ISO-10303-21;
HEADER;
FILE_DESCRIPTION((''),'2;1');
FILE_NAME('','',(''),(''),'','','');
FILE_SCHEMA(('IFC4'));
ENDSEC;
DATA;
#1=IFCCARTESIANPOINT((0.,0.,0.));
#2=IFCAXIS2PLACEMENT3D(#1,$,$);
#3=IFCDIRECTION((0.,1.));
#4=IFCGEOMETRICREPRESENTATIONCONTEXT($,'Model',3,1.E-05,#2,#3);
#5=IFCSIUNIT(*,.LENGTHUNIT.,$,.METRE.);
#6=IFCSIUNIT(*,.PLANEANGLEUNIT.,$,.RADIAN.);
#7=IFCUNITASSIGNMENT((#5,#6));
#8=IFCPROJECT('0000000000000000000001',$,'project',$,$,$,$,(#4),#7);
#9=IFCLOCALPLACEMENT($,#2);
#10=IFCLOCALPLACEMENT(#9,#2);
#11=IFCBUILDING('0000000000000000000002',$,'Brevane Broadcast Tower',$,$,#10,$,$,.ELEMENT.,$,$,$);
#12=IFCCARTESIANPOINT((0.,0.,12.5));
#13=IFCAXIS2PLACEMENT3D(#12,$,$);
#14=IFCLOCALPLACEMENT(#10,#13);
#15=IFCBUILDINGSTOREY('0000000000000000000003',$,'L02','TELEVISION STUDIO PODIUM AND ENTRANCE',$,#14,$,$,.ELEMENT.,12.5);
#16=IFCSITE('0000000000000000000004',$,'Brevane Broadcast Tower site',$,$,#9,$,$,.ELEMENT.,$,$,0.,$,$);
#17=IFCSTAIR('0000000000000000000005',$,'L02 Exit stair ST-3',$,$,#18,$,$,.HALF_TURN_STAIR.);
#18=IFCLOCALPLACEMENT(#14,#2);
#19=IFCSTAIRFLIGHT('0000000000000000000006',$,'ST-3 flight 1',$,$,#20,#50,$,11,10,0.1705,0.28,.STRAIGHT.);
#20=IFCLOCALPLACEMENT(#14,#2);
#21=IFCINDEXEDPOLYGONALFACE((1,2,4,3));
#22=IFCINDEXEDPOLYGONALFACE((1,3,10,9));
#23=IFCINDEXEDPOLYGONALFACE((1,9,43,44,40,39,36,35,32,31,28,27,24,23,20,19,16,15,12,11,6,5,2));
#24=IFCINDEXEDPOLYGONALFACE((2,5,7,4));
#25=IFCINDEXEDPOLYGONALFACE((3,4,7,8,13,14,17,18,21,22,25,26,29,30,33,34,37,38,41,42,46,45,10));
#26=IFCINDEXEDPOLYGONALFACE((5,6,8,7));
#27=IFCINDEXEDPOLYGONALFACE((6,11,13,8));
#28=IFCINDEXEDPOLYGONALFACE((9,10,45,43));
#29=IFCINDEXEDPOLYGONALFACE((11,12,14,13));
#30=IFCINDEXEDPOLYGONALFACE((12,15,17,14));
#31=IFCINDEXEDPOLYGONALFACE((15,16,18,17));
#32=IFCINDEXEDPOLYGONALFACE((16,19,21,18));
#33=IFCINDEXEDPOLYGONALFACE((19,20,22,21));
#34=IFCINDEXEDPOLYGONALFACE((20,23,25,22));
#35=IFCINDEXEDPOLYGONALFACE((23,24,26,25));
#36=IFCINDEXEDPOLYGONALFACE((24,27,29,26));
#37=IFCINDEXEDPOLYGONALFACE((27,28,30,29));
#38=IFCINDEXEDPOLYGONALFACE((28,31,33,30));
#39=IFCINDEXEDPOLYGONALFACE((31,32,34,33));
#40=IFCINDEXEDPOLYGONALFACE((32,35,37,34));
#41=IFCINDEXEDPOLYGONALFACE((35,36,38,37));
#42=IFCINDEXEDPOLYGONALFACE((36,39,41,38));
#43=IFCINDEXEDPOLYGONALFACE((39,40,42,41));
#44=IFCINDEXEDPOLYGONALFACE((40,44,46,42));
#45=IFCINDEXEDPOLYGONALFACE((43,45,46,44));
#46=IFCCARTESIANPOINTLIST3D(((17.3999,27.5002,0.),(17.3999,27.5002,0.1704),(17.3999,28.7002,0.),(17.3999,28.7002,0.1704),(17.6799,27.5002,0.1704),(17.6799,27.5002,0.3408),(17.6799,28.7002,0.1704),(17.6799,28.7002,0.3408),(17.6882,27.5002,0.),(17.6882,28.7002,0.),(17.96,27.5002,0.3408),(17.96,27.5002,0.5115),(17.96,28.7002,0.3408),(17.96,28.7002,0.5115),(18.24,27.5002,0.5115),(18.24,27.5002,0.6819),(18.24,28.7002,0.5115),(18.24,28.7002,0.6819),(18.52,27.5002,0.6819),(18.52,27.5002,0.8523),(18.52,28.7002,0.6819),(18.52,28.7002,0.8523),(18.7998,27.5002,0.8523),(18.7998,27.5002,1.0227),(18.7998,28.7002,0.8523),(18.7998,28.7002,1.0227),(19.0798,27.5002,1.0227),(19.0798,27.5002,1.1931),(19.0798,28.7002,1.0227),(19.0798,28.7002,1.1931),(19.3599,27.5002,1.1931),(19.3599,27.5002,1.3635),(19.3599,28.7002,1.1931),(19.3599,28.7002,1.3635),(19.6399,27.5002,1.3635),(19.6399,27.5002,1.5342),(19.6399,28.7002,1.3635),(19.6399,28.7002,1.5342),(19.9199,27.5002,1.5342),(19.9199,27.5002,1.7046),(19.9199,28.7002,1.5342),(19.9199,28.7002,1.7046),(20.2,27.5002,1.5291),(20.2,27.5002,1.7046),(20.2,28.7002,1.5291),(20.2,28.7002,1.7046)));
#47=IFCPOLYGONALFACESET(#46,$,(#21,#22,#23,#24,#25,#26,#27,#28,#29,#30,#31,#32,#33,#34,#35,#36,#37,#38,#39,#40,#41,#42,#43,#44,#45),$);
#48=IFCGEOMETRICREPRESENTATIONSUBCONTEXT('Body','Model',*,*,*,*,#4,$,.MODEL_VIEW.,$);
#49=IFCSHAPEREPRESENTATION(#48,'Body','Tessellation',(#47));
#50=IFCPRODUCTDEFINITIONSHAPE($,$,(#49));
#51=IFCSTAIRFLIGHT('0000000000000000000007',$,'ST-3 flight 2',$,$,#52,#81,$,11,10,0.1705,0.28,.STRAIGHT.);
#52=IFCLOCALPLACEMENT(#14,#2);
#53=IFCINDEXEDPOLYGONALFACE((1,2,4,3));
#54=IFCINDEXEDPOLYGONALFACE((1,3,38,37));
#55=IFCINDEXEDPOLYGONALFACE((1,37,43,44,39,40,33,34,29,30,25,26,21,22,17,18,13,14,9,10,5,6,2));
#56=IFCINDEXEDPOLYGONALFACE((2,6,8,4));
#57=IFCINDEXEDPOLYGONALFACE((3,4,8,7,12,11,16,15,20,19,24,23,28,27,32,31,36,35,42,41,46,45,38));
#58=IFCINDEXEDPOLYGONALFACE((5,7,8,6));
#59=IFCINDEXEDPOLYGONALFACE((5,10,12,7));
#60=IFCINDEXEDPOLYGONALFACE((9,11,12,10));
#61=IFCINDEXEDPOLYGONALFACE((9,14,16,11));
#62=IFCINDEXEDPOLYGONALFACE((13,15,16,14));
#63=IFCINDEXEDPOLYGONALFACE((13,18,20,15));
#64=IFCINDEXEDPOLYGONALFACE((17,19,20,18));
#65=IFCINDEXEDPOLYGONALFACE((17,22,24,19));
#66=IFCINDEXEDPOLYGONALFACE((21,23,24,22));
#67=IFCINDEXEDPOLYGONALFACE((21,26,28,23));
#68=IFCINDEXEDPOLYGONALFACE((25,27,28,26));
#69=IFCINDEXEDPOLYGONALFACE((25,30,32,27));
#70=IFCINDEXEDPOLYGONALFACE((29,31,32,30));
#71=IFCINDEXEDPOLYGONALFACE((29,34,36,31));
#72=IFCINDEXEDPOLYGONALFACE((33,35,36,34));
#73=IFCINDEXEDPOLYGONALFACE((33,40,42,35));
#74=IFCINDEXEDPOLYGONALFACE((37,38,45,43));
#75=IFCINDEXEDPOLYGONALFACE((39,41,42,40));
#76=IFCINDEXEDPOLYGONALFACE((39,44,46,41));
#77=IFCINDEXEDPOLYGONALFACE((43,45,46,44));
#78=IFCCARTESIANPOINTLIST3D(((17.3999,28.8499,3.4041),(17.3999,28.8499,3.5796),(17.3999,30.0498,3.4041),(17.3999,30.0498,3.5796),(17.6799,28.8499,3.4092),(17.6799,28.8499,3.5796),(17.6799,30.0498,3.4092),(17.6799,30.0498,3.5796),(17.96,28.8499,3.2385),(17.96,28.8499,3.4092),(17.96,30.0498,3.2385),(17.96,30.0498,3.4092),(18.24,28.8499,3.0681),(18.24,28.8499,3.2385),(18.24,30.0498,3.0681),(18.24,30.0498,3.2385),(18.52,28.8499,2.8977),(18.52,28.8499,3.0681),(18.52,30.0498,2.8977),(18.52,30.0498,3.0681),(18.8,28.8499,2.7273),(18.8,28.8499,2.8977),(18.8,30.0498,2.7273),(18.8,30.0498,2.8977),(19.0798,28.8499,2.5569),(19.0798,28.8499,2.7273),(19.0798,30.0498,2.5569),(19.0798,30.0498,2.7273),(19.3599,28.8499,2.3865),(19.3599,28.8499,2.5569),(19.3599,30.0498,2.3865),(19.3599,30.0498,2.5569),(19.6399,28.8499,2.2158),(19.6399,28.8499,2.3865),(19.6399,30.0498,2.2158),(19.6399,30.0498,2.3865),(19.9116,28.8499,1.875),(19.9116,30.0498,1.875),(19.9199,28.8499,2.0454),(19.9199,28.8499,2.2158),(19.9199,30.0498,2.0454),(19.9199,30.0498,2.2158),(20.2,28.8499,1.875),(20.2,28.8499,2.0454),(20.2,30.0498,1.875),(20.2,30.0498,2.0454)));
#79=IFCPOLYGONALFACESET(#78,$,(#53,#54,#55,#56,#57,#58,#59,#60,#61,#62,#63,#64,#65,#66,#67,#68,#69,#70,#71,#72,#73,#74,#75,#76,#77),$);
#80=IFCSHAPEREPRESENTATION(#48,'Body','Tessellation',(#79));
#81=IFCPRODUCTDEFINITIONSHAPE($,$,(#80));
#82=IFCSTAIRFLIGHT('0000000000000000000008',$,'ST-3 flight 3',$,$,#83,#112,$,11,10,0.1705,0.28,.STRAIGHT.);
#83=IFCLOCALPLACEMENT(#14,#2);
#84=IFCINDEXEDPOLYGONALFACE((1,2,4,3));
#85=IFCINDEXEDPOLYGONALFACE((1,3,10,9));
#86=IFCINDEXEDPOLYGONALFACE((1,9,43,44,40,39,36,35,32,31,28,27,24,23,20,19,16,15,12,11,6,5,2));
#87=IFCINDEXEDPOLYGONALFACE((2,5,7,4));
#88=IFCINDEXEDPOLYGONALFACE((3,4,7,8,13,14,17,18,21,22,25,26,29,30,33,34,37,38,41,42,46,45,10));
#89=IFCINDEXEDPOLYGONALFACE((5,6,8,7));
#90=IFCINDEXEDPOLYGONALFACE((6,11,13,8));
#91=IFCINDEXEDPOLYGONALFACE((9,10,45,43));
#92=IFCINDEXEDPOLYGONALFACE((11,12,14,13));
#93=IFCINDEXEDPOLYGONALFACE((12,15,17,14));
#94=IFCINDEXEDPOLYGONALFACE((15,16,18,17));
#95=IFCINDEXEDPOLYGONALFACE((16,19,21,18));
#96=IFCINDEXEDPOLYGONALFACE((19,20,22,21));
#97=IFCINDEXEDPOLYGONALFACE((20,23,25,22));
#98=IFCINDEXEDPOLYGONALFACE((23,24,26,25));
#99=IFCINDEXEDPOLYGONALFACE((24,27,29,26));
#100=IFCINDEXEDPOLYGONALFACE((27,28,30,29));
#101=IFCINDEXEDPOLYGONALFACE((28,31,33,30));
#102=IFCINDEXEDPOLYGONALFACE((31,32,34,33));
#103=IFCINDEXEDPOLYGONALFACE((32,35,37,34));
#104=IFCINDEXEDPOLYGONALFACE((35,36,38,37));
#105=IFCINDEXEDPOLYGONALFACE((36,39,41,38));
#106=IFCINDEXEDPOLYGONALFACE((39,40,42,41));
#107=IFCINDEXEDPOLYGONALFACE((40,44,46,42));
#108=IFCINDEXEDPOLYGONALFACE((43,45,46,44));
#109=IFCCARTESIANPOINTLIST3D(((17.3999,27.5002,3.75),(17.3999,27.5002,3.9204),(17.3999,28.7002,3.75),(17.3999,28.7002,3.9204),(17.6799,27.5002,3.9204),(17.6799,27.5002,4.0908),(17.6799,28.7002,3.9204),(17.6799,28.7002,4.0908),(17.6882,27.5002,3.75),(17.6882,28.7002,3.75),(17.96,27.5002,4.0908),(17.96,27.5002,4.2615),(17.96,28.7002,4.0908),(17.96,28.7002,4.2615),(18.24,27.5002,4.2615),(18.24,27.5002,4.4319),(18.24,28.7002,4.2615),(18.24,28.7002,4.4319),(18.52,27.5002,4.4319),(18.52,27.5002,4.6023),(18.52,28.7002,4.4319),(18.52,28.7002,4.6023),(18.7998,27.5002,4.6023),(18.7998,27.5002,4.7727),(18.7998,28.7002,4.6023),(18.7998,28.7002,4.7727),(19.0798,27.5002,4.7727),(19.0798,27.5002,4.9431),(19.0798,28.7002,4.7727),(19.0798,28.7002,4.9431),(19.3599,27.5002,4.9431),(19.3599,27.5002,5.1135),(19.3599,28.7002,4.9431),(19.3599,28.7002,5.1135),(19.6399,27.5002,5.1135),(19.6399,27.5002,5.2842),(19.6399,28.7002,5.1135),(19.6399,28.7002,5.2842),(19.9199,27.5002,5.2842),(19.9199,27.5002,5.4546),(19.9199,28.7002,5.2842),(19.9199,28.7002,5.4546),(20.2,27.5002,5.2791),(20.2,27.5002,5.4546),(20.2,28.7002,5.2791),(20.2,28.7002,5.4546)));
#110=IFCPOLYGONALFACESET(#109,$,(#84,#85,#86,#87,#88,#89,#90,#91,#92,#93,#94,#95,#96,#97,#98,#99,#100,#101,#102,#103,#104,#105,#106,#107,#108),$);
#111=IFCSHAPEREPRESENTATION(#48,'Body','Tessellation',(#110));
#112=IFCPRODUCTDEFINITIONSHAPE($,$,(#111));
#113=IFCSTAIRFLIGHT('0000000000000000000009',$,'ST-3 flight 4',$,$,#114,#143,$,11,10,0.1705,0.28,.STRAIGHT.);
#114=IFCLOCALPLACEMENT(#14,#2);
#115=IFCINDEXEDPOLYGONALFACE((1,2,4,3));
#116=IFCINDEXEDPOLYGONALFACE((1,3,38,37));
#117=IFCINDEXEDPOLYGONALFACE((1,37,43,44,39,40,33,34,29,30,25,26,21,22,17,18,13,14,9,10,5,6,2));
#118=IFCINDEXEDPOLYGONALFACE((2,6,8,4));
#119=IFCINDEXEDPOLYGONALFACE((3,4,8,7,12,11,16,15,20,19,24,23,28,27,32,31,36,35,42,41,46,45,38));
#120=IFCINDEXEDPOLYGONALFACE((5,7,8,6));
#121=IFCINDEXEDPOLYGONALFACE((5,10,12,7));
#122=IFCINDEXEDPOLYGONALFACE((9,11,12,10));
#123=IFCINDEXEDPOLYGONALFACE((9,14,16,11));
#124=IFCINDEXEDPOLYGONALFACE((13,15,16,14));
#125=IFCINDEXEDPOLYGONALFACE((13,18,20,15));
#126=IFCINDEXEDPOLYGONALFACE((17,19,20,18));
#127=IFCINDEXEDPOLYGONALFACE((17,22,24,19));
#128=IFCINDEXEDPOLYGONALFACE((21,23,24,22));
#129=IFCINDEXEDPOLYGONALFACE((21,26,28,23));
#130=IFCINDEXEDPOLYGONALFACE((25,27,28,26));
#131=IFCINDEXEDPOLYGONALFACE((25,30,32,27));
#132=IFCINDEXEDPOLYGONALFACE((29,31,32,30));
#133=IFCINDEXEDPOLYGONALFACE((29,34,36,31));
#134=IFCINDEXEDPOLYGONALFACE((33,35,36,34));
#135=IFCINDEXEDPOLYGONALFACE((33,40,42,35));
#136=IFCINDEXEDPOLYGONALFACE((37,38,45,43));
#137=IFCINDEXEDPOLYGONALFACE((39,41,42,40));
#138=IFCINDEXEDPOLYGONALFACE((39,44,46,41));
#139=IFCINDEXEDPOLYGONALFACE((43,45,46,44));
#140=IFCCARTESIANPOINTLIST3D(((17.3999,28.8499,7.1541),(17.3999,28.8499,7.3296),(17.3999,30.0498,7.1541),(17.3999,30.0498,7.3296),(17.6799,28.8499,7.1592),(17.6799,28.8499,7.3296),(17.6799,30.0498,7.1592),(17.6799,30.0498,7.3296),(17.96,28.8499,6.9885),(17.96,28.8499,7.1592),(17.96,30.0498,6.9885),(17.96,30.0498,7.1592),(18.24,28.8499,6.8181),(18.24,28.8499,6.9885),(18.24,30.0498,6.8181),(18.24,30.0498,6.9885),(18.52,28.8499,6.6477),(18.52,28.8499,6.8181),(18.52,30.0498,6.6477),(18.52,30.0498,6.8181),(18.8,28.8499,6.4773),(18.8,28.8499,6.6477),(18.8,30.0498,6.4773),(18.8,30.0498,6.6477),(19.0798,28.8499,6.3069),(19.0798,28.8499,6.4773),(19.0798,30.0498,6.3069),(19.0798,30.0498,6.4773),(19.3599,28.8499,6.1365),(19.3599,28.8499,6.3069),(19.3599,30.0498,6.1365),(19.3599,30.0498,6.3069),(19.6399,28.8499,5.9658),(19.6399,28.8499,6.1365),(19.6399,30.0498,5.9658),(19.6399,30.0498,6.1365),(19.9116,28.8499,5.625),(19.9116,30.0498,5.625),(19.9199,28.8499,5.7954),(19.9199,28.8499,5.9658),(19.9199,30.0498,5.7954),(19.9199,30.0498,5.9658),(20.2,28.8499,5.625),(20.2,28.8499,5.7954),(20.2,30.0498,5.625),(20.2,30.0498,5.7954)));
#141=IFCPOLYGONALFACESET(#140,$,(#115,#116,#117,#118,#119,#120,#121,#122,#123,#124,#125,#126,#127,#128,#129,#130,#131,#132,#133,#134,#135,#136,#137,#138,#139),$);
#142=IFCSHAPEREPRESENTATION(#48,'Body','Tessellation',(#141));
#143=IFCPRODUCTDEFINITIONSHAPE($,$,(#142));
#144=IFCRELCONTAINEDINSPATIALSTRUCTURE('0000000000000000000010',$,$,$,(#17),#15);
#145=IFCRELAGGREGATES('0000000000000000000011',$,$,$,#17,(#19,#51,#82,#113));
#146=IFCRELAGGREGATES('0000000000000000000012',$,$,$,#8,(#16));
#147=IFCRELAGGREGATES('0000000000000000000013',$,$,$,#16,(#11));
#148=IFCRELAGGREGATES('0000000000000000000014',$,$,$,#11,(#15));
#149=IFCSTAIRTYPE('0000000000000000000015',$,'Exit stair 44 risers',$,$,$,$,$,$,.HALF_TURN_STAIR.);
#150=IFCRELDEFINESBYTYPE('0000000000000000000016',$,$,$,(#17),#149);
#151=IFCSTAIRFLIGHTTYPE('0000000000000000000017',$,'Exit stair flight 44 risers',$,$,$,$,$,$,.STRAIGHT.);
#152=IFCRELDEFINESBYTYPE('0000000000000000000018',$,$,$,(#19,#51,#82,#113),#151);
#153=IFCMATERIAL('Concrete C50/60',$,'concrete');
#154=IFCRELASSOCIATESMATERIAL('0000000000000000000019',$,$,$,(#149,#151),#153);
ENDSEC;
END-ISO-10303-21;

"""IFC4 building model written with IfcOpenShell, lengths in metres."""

from ifc_helpers import new_model, si_unit, direction, frame, origin, place, context, subcontext, project, spatial, polyline, outline, extrude, material, type_object, element, aggregate, save


model = new_model("IFC4")

# Units and contexts
model_context = context("Model", 3, precision=1e-05, world=origin(), true_north=direction((0.0, 1.0)))
body_context = subcontext(model_context, "Body", "Model", "MODEL_VIEW")
ifc_project = project(units=[si_unit("LENGTHUNIT", "METRE"), si_unit("PLANEANGLEUNIT", "RADIAN")], contexts=[model_context])

# Site, building, storey
site_placement = place(None, origin())
site = spatial("IfcSite", under=ifc_project, at=site_placement, Name="Brevane Broadcast Tower site", CompositionType="ELEMENT", RefElevation=0.0)
building_placement = place(site_placement, origin())
building = spatial("IfcBuilding", under=site, at=building_placement, Name="Brevane Broadcast Tower", CompositionType="ELEMENT")
storey_placement = place(building_placement, frame((0.0, 0.0, 12.5)))
storey = spatial("IfcBuildingStorey", under=building, at=storey_placement, Name="L02", Description="TELEVISION STUDIO PODIUM AND ENTRANCE", CompositionType="ELEMENT", Elevation=12.5)

# Stair, stair flights
ifc_material_1 = material(Name="Concrete C50/60", Category="concrete")
stair_type = type_object("IfcStairType", Name="Exit stair 44 risers", PredefinedType="HALF_TURN_STAIR", material=ifc_material_1)
stair_placement = place(storey_placement, origin())
stair = element("IfcStair", 1, at=stair_placement, inside=storey, type_object=stair_type, Name="L02 Exit stair ST-3", PredefinedType="HALF_TURN_STAIR")
stair_flight_type = type_object("IfcStairFlightType", Name="Exit stair flight 44 risers", PredefinedType="STRAIGHT", material=ifc_material_1)
stair_flight_1_placement = place(storey_placement, frame((17.3999, 28.1001, 0.0), z_axis=(0.0, 0.0, 1.0), x_axis=(1.0, 0.0, 0.0)))
stair_flight_1 = element("IfcStairFlight", 2, at=stair_flight_1_placement, type_object=stair_flight_type, Name="ST-3 flight 1", NumberOfRisers=11, NumberOfTreads=10, PredefinedType="STRAIGHT", RiserHeight=0.1705, TreadLength=0.28, context=body_context, shape_type="SweptSolid", body=[
    extrude(outline(polyline([(0.0, 0.0), (0.0, 0.1704), (0.28, 0.1704), (0.28, 0.3408), (0.5601, 0.3408), (0.5601, 0.5115), (0.8401, 0.5115), (0.8401, 0.6819), (1.1201, 0.6819), (1.1201, 0.8523), (1.3999, 0.8523), (1.3999, 1.0227), (1.6799, 1.0227), (1.6799, 1.1931), (1.96, 1.1931), (1.96, 1.3635), (2.24, 1.3635), (2.24, 1.5342), (2.52, 1.5342), (2.52, 1.7046), (2.8, 1.7046), (2.8, 1.875), (2.8, 1.5291), (0.2883, 0.0), (0.0, 0.0)])), frame((0.0, 0.6001, 0.0), z_axis=(0.0, -1.0, 0.0), x_axis=(1.0, 0.0, 0.0)), (0.0, 0.0, 1.0), 1.2),
])
stair_flight_2_placement = place(storey_placement, frame((20.2, 29.45, 1.875), z_axis=(0.0, 0.0, 1.0), x_axis=(-1.0, 0.0, 0.0)))
stair_flight_2 = element("IfcStairFlight", 3, at=stair_flight_2_placement, type_object=stair_flight_type, Name="ST-3 flight 2", NumberOfRisers=11, NumberOfTreads=10, PredefinedType="STRAIGHT", RiserHeight=0.1705, TreadLength=0.28, context=body_context, shape_type="SweptSolid", body=[
    extrude(outline(polyline([(0.0, 0.0), (0.0, 0.1704), (0.28, 0.1704), (0.28, 0.3408), (0.5601, 0.3408), (0.5601, 0.5115), (0.8401, 0.5115), (0.8401, 0.6819), (1.1201, 0.6819), (1.1201, 0.8523), (1.3999, 0.8523), (1.3999, 1.0227), (1.6799, 1.0227), (1.6799, 1.1931), (1.96, 1.1931), (1.96, 1.3635), (2.24, 1.3635), (2.24, 1.5342), (2.52, 1.5342), (2.52, 1.7046), (2.8, 1.7046), (2.8, 1.875), (2.8, 1.5291), (0.2883, 0.0), (0.0, 0.0)])), frame((0.0, 0.6001, 0.0), z_axis=(0.0, -1.0, 0.0), x_axis=(1.0, 0.0, 0.0)), (0.0, 0.0, 1.0), 1.2),
])
stair_flight_3_placement = place(storey_placement, frame((17.3999, 28.1001, 3.75), z_axis=(0.0, 0.0, 1.0), x_axis=(1.0, 0.0, 0.0)))
stair_flight_3 = element("IfcStairFlight", 4, at=stair_flight_3_placement, type_object=stair_flight_type, Name="ST-3 flight 3", NumberOfRisers=11, NumberOfTreads=10, PredefinedType="STRAIGHT", RiserHeight=0.1705, TreadLength=0.28, context=body_context, shape_type="SweptSolid", body=[
    extrude(outline(polyline([(0.0, 0.0), (0.0, 0.1704), (0.28, 0.1704), (0.28, 0.3408), (0.5601, 0.3408), (0.5601, 0.5115), (0.8401, 0.5115), (0.8401, 0.6819), (1.1201, 0.6819), (1.1201, 0.8523), (1.3999, 0.8523), (1.3999, 1.0227), (1.6799, 1.0227), (1.6799, 1.1931), (1.96, 1.1931), (1.96, 1.3635), (2.24, 1.3635), (2.24, 1.5342), (2.52, 1.5342), (2.52, 1.7046), (2.8, 1.7046), (2.8, 1.875), (2.8, 1.5291), (0.2883, 0.0), (0.0, 0.0)])), frame((0.0, 0.6001, 0.0), z_axis=(0.0, -1.0, 0.0), x_axis=(1.0, 0.0, 0.0)), (0.0, 0.0, 1.0), 1.2),
])
stair_flight_4_placement = place(storey_placement, frame((20.2, 29.45, 5.625), z_axis=(0.0, 0.0, 1.0), x_axis=(-1.0, 0.0, 0.0)))
stair_flight_4 = element("IfcStairFlight", 5, at=stair_flight_4_placement, type_object=stair_flight_type, Name="ST-3 flight 4", NumberOfRisers=11, NumberOfTreads=10, PredefinedType="STRAIGHT", RiserHeight=0.1705, TreadLength=0.28, context=body_context, shape_type="SweptSolid", body=[
    extrude(outline(polyline([(0.0, 0.0), (0.0, 0.1704), (0.28, 0.1704), (0.28, 0.3408), (0.5601, 0.3408), (0.5601, 0.5115), (0.8401, 0.5115), (0.8401, 0.6819), (1.1201, 0.6819), (1.1201, 0.8523), (1.3999, 0.8523), (1.3999, 1.0227), (1.6799, 1.0227), (1.6799, 1.1931), (1.96, 1.1931), (1.96, 1.3635), (2.24, 1.3635), (2.24, 1.5342), (2.52, 1.5342), (2.52, 1.7046), (2.8, 1.7046), (2.8, 1.875), (2.8, 1.5291), (0.2883, 0.0), (0.0, 0.0)])), frame((0.0, 0.6001, 0.0), z_axis=(0.0, -1.0, 0.0), x_axis=(1.0, 0.0, 0.0)), (0.0, 0.0, 1.0), 1.2),
])
aggregate(stair, [stair_flight_1, stair_flight_2, stair_flight_3, stair_flight_4])

save(model, "model.ifc")
